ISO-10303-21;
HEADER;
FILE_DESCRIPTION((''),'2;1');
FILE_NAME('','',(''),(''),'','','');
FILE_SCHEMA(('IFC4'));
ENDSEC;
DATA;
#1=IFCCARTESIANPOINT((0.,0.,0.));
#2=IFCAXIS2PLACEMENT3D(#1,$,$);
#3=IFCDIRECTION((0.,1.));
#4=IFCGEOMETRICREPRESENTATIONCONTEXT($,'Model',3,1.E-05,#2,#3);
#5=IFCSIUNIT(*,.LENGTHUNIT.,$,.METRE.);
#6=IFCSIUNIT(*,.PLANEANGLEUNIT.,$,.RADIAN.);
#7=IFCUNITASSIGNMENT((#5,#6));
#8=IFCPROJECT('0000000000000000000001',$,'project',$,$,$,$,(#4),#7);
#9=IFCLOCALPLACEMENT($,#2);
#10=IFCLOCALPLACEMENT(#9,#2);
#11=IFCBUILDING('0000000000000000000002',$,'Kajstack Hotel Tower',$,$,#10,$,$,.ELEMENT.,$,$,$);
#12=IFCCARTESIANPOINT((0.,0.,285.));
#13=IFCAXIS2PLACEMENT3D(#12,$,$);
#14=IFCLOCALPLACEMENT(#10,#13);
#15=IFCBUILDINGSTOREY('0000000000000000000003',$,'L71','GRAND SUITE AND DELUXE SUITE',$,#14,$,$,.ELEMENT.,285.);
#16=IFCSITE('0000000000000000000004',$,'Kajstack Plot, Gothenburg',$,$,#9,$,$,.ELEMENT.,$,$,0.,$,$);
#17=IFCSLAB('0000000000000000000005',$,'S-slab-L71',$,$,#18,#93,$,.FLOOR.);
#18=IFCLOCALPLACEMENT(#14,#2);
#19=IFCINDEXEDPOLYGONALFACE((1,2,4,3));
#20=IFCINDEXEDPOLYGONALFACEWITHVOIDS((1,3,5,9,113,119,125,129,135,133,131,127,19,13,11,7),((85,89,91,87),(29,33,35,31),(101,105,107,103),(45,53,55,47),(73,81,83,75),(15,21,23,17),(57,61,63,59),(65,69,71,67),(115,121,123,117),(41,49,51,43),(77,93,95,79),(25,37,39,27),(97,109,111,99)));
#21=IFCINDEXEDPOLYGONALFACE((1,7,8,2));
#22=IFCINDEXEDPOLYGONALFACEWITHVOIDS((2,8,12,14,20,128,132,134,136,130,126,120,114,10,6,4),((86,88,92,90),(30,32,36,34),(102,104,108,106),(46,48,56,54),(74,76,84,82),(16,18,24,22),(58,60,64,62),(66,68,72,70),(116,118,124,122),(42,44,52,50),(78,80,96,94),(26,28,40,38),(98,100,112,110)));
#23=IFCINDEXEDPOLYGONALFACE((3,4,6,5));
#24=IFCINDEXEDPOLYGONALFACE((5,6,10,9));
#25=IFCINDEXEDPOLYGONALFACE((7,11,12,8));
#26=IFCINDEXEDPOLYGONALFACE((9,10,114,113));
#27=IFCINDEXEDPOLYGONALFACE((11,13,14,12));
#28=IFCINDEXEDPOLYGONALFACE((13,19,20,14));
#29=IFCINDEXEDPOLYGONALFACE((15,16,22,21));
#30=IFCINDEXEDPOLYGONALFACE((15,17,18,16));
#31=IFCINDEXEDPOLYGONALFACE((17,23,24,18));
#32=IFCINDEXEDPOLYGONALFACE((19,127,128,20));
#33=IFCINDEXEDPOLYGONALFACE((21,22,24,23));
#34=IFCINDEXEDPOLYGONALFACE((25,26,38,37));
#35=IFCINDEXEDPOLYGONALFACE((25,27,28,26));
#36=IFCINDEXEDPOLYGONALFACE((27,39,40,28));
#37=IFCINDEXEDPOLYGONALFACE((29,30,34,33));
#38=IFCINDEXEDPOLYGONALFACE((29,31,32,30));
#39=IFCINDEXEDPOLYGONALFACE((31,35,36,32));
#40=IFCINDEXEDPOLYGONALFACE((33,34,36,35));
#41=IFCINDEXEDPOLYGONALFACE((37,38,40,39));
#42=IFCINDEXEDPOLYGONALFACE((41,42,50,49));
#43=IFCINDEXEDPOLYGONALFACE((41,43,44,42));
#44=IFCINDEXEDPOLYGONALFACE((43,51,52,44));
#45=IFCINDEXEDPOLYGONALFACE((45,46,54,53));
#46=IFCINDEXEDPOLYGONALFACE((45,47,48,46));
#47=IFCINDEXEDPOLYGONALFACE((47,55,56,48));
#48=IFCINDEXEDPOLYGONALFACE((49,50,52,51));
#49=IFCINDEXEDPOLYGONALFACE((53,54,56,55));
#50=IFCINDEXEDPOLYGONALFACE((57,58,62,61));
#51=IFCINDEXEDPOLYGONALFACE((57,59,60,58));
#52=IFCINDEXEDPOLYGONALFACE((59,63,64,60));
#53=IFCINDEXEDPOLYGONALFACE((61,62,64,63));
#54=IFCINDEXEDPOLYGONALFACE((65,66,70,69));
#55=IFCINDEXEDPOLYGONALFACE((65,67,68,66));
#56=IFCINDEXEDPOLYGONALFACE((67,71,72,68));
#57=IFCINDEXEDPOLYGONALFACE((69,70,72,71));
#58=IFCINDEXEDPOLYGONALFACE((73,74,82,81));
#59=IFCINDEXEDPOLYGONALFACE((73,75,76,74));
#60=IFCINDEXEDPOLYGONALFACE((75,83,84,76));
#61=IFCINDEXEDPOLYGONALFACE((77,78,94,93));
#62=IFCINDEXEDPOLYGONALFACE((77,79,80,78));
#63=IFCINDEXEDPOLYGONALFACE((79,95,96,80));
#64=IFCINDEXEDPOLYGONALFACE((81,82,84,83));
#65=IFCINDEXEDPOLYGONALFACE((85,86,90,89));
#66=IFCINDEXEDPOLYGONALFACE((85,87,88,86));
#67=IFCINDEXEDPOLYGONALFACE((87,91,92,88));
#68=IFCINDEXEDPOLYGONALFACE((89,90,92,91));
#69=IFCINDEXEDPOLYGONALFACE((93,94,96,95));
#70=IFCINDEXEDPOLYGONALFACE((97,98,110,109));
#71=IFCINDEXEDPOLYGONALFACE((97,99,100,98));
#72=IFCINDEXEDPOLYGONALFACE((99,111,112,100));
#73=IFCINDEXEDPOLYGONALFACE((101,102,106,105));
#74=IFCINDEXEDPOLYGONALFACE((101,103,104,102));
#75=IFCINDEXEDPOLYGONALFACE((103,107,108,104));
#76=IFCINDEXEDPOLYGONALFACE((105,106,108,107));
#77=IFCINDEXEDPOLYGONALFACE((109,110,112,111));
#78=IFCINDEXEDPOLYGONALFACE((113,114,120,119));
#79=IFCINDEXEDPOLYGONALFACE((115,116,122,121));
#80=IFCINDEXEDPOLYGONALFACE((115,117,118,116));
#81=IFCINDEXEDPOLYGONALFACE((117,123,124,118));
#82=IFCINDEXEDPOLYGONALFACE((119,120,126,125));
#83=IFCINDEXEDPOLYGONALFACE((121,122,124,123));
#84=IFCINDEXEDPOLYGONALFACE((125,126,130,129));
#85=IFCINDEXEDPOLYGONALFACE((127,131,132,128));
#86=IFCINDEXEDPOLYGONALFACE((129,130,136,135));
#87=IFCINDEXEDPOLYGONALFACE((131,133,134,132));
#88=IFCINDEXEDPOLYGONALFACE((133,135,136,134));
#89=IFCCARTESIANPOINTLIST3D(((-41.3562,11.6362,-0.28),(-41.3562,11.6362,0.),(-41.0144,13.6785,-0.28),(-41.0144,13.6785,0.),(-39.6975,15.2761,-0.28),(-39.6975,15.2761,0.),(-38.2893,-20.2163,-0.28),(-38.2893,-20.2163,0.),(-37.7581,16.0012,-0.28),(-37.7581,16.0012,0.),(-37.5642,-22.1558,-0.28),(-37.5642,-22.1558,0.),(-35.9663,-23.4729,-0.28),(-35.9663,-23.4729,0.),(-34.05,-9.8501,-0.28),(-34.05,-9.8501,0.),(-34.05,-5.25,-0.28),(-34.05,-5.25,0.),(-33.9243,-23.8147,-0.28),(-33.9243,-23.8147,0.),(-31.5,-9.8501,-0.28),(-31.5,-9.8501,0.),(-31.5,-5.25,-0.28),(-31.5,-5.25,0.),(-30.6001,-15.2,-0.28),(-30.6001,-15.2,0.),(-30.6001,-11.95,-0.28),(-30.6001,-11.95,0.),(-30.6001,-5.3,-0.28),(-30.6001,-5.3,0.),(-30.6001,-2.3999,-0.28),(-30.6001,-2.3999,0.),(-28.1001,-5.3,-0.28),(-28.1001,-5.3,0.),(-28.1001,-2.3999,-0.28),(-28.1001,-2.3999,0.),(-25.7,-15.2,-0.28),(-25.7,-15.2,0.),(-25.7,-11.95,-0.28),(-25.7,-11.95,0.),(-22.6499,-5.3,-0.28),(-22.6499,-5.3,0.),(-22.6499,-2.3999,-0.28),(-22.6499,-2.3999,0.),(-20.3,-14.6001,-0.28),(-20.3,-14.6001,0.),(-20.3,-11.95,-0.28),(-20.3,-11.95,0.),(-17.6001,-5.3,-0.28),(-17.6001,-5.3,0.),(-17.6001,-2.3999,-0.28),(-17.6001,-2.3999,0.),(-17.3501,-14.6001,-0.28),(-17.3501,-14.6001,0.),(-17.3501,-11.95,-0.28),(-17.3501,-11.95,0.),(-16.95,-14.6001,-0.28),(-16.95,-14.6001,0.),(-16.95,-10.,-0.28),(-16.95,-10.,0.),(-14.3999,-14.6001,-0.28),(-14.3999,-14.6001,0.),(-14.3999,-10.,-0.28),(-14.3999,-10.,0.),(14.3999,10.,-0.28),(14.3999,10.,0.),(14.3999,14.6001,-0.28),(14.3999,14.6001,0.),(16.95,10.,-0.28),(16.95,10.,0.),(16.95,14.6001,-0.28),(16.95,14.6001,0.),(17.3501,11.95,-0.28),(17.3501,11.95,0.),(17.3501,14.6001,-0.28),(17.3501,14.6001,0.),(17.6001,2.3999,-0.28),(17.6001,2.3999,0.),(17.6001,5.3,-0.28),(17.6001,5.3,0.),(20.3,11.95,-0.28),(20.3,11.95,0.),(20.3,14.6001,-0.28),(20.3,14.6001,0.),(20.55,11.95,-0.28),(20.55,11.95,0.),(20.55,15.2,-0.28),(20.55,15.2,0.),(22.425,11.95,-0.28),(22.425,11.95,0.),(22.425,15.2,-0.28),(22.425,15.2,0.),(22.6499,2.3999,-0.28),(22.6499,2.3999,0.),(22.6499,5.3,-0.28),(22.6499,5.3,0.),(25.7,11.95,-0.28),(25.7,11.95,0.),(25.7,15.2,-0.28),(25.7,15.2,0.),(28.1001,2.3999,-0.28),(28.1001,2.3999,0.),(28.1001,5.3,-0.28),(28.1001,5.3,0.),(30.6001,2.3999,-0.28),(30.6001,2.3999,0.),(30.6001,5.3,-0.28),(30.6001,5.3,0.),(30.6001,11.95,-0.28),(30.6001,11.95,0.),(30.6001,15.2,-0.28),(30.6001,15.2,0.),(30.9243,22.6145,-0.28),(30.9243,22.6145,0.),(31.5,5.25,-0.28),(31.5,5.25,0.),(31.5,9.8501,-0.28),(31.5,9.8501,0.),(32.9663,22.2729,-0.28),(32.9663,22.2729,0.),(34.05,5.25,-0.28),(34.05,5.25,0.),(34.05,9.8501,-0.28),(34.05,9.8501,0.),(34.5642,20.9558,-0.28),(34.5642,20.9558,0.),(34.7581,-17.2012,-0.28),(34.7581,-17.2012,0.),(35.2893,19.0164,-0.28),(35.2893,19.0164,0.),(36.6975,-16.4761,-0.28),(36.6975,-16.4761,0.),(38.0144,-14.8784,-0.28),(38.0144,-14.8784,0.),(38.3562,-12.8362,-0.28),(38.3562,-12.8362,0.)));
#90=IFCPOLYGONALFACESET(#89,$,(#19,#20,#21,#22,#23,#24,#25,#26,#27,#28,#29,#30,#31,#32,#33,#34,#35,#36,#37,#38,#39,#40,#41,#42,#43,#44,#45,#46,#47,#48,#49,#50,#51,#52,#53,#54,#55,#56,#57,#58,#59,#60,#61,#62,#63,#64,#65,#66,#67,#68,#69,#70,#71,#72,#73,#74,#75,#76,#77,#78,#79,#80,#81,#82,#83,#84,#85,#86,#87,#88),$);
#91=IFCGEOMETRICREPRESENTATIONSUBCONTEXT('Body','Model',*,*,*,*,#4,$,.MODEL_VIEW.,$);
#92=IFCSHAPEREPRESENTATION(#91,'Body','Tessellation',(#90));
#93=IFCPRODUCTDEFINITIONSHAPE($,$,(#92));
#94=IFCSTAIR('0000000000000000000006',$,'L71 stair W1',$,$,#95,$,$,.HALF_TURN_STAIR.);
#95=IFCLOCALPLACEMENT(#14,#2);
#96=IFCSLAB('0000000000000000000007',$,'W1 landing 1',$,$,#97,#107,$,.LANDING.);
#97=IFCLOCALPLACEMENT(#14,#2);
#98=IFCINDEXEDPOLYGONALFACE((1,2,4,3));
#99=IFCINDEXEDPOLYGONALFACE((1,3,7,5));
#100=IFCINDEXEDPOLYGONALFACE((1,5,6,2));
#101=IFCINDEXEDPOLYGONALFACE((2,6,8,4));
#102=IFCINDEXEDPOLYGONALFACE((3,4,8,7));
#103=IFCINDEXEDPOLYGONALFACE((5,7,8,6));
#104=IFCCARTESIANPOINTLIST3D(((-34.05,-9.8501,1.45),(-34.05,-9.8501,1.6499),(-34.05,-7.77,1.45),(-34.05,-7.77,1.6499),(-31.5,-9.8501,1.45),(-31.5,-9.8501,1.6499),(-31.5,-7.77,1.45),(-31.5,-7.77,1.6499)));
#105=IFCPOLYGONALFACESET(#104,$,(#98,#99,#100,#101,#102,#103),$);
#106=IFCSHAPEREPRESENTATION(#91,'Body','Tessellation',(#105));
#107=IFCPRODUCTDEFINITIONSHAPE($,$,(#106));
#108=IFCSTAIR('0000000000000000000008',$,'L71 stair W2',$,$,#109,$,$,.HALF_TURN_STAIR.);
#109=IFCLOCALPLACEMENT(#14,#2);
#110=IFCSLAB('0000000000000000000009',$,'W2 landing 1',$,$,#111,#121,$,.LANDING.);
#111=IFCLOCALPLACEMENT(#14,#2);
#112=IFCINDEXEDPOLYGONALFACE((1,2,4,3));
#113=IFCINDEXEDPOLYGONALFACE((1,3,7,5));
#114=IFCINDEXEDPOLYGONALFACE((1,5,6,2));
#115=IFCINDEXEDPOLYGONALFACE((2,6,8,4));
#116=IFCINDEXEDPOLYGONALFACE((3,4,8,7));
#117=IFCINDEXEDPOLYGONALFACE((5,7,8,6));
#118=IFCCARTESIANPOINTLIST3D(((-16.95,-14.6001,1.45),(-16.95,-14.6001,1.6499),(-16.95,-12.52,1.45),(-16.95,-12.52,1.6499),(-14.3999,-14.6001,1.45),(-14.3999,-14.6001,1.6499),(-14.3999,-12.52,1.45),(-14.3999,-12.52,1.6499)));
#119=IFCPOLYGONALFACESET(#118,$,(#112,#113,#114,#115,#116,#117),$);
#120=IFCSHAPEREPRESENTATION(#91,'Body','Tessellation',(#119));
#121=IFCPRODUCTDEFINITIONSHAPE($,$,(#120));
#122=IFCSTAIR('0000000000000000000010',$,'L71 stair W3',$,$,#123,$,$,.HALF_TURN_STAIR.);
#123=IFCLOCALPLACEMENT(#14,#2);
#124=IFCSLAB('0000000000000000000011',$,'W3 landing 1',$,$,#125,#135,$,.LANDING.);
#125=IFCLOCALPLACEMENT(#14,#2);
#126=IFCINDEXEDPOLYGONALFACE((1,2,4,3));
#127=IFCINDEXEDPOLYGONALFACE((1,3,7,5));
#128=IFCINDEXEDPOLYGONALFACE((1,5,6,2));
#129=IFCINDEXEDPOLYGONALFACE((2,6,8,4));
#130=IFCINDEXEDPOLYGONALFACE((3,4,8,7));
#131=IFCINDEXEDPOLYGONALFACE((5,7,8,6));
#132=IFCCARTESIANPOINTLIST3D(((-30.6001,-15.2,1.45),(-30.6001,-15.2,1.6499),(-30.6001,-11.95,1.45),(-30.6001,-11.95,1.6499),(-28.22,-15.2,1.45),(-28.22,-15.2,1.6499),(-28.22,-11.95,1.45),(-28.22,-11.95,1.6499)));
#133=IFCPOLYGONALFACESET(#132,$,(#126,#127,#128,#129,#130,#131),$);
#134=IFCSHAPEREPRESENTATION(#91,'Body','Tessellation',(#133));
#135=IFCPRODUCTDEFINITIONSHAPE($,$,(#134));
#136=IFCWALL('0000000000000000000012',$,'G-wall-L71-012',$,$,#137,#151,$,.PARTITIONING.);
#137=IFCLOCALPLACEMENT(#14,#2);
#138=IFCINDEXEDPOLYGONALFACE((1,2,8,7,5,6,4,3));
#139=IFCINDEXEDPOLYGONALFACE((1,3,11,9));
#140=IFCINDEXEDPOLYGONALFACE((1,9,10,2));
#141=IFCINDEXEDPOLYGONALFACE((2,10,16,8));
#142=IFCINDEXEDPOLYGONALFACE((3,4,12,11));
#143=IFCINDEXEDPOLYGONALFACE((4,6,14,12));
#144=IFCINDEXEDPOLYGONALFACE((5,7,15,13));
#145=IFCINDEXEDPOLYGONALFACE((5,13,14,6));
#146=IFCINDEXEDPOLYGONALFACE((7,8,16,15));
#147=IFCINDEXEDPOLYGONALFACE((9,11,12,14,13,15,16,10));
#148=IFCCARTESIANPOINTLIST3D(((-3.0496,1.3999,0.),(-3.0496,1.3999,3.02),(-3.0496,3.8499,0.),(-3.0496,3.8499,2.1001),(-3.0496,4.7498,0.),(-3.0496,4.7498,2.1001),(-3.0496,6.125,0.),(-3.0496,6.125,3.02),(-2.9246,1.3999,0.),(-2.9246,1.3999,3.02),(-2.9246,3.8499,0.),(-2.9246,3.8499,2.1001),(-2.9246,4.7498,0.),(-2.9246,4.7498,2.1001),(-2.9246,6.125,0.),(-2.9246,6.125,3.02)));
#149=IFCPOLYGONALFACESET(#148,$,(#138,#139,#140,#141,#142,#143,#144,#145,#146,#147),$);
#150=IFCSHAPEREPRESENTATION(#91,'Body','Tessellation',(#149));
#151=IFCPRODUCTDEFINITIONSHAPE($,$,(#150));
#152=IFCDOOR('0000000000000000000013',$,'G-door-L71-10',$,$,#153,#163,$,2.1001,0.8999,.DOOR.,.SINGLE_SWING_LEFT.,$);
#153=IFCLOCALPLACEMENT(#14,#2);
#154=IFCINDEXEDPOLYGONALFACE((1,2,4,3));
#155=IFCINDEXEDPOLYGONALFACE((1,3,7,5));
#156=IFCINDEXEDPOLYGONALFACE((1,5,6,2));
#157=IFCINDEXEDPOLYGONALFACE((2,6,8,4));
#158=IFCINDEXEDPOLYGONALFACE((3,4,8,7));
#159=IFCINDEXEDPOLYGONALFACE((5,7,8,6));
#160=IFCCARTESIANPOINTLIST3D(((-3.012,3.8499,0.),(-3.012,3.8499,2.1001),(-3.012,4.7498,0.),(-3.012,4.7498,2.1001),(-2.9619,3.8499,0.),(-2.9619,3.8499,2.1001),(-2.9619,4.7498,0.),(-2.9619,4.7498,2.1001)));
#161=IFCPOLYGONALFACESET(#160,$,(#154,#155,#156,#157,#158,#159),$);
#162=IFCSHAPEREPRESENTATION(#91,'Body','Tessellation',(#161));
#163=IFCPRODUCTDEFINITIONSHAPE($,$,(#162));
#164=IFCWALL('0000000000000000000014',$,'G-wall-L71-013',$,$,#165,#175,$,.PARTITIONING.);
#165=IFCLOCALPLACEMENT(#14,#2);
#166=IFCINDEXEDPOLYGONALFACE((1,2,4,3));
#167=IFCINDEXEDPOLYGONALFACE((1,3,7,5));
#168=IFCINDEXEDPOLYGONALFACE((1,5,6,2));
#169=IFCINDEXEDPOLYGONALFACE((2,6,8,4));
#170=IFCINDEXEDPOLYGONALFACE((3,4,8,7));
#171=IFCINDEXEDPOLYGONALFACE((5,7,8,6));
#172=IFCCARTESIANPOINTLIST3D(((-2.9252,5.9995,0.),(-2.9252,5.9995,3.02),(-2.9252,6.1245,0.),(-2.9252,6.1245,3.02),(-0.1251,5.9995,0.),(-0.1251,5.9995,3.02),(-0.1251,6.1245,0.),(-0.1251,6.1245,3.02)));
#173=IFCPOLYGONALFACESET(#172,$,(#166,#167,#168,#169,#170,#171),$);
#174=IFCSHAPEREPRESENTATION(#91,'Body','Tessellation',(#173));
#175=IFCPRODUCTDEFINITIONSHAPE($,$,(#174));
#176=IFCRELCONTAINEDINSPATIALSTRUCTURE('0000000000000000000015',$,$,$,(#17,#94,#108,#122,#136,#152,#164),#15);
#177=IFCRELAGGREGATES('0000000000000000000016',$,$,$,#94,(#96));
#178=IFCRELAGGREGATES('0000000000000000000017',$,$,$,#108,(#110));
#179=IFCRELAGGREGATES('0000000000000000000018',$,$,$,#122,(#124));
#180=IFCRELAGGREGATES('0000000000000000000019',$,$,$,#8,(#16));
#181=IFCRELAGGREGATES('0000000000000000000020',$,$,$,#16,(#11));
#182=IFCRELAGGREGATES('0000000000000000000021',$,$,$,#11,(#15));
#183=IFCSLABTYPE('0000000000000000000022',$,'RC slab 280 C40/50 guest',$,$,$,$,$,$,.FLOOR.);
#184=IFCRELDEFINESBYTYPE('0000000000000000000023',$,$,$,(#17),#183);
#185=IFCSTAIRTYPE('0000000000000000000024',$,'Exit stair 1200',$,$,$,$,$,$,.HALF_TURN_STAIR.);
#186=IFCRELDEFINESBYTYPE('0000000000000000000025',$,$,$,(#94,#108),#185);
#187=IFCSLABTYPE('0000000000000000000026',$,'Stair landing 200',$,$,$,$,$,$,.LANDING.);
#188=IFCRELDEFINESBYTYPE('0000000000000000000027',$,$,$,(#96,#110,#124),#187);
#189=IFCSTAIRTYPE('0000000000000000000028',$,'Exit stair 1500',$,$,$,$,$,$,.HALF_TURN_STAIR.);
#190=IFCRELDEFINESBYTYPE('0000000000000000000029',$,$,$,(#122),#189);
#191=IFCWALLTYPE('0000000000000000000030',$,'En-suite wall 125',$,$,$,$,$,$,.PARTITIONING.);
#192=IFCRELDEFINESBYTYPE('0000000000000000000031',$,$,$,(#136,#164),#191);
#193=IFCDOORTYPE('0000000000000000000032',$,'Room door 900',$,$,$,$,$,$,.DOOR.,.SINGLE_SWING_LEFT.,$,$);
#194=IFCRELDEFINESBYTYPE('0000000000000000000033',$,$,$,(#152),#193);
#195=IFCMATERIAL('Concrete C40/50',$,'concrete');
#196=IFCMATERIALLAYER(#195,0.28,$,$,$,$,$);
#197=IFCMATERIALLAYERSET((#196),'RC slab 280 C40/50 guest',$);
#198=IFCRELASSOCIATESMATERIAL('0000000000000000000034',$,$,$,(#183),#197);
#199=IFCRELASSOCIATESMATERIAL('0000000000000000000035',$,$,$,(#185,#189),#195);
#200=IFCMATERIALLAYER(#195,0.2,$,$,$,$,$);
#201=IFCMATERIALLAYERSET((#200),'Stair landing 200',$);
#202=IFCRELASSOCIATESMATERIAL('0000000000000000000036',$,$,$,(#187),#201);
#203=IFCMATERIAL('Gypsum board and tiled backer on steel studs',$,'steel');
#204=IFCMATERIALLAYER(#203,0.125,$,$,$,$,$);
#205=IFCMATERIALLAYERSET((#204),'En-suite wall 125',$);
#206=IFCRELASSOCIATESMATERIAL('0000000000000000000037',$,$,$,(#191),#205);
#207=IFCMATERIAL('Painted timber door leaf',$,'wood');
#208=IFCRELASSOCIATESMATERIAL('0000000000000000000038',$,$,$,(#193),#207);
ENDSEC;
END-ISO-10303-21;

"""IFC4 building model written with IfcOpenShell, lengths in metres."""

from ifc_helpers import new_model, si_unit, direction, frame, frame_2d, origin, place, context, subcontext, project, spatial, polyline, rectangle, outline, extrude, material, layer, layer_set, type_object, element, fill, aggregate, save


model = new_model("IFC4")

# Units and contexts
model_context = context("Model", 3, precision=1e-05, world=origin(), true_north=direction((0.0, 1.0)))
body_context = subcontext(model_context, "Body", "Model", "MODEL_VIEW")
ifc_project = project(units=[si_unit("LENGTHUNIT", "METRE"), si_unit("PLANEANGLEUNIT", "RADIAN")], contexts=[model_context])

# Site, building, storey
site_placement = place(None, origin())
site = spatial("IfcSite", under=ifc_project, at=site_placement, Name="Kajstack Plot, Gothenburg", CompositionType="ELEMENT", RefElevation=0.0)
building_placement = place(site_placement, origin())
building = spatial("IfcBuilding", under=site, at=building_placement, Name="Kajstack Hotel Tower", CompositionType="ELEMENT")
storey_placement = place(building_placement, frame((0.0, 0.0, 285.0)))
storey = spatial("IfcBuildingStorey", under=building, at=storey_placement, Name="L71", Description="GRAND SUITE AND DELUXE SUITE", CompositionType="ELEMENT", Elevation=285.0)

# Slab
ifc_material_1 = material(Name="Concrete C40/50", Category="concrete")
ifc_layer_1 = layer(ifc_material_1, 0.28)
ifc_layer_set_1 = layer_set([ifc_layer_1], Name="RC slab 280 C40/50 guest")
slab_type_1 = type_object("IfcSlabType", Name="RC slab 280 C40/50 guest", PredefinedType="FLOOR", material=ifc_layer_set_1)
slab_1_placement = place(storey_placement, frame((0.0, 0.0, -0.28)))
element("IfcSlab", 1, at=slab_1_placement, inside=storey, type_object=slab_type_1, Name="S-slab-L71", PredefinedType="FLOOR", context=body_context, shape_type="SweptSolid", body=[
    extrude(outline(polyline([(-41.3562, 11.6362), (-38.2893, -20.2163), (-37.5642, -22.1558), (-35.9663, -23.4729), (-33.9243, -23.8147), (34.7581, -17.2012), (36.6975, -16.4761), (38.0144, -14.8784), (38.3562, -12.8362), (35.2893, 19.0164), (34.5642, 20.9558), (32.9663, 22.2729), (30.9243, 22.6145), (-37.7581, 16.0012), (-39.6975, 15.2761), (-41.0144, 13.6785), (-41.3562, 11.6362)]), holes=[polyline([(-22.6499, -5.3), (-22.6499, -2.3999), (-17.6001, -2.3999), (-17.6001, -5.3), (-22.6499, -5.3)]), polyline([(-20.3, -14.6001), (-17.3501, -14.6001), (-17.3501, -11.95), (-20.3, -11.95), (-20.3, -14.6001)]), polyline([(-30.6001, -5.3), (-28.1001, -5.3), (-28.1001, -2.3999), (-30.6001, -2.3999), (-30.6001, -5.3)]), polyline([(17.6001, 2.3999), (17.6001, 5.3), (22.6499, 5.3), (22.6499, 2.3999), (17.6001, 2.3999)]), polyline([(20.3, 14.6001), (17.3501, 14.6001), (17.3501, 11.95), (20.3, 11.95), (20.3, 14.6001)]), polyline([(30.6001, 5.3), (28.1001, 5.3), (28.1001, 2.3999), (30.6001, 2.3999), (30.6001, 5.3)]), polyline([(-34.05, -9.8501), (-31.5, -9.8501), (-31.5, -5.25), (-34.05, -5.25), (-34.05, -9.8501)]), polyline([(-16.95, -14.6001), (-14.3999, -14.6001), (-14.3999, -10.0), (-16.95, -10.0), (-16.95, -14.6001)]), polyline([(-30.6001, -15.2), (-25.7, -15.2), (-25.7, -11.95), (-30.6001, -11.95), (-30.6001, -15.2)]), polyline([(34.05, 9.8501), (31.5, 9.8501), (31.5, 5.25), (34.05, 5.25), (34.05, 9.8501)]), polyline([(16.95, 14.6001), (14.3999, 14.6001), (14.3999, 10.0), (16.95, 10.0), (16.95, 14.6001)]), polyline([(30.6001, 15.2), (25.7, 15.2), (25.7, 11.95), (30.6001, 11.95), (30.6001, 15.2)]), polyline([(22.425, 15.2), (22.425, 11.95), (20.55, 11.95), (20.55, 15.2), (22.425, 15.2)])]), origin(), (0.0, 0.0, 1.0), 0.28),
])

# Stairs, slabs
stair_type_1 = type_object("IfcStairType", Name="Exit stair 1200", PredefinedType="HALF_TURN_STAIR", material=ifc_material_1)
stair_1_placement = place(storey_placement, origin())
stair_1 = element("IfcStair", 2, at=stair_1_placement, inside=storey, type_object=stair_type_1, Name="L71 stair W1", PredefinedType="HALF_TURN_STAIR")
ifc_layer_2 = layer(ifc_material_1, 0.2)
ifc_layer_set_2 = layer_set([ifc_layer_2], Name="Stair landing 200")
slab_type_2 = type_object("IfcSlabType", Name="Stair landing 200", PredefinedType="LANDING", material=ifc_layer_set_2)
slab_2_placement = place(storey_placement, frame((0.0, 0.0, 1.45)))
slab_2 = element("IfcSlab", 3, at=slab_2_placement, type_object=slab_type_2, Name="W1 landing 1", PredefinedType="LANDING", context=body_context, shape_type="SweptSolid", body=[
    extrude(outline(polyline([(-34.05, -7.77), (-34.05, -9.8501), (-31.5, -9.8501), (-31.5, -7.77), (-34.05, -7.77)])), origin(), (0.0, 0.0, 1.0), 0.2),
])
aggregate(stair_1, [slab_2])
stair_2_placement = place(storey_placement, origin())
stair_2 = element("IfcStair", 4, at=stair_2_placement, inside=storey, type_object=stair_type_1, Name="L71 stair W2", PredefinedType="HALF_TURN_STAIR")
slab_3_placement = place(storey_placement, frame((0.0, 0.0, 1.45)))
slab_3 = element("IfcSlab", 5, at=slab_3_placement, type_object=slab_type_2, Name="W2 landing 1", PredefinedType="LANDING", context=body_context, shape_type="SweptSolid", body=[
    extrude(outline(polyline([(-16.95, -12.52), (-16.95, -14.6001), (-14.3999, -14.6001), (-14.3999, -12.52), (-16.95, -12.52)])), origin(), (0.0, 0.0, 1.0), 0.2),
])
aggregate(stair_2, [slab_3])
stair_type_2 = type_object("IfcStairType", Name="Exit stair 1500", PredefinedType="HALF_TURN_STAIR", material=ifc_material_1)
stair_3_placement = place(storey_placement, origin())
stair_3 = element("IfcStair", 6, at=stair_3_placement, inside=storey, type_object=stair_type_2, Name="L71 stair W3", PredefinedType="HALF_TURN_STAIR")
slab_4_placement = place(storey_placement, frame((0.0, 0.0, 1.45)))
slab_4 = element("IfcSlab", 7, at=slab_4_placement, type_object=slab_type_2, Name="W3 landing 1", PredefinedType="LANDING", context=body_context, shape_type="SweptSolid", body=[
    extrude(outline(polyline([(-28.22, -11.95), (-30.6001, -11.95), (-30.6001, -15.2), (-28.22, -15.2), (-28.22, -11.95)])), origin(), (0.0, 0.0, 1.0), 0.2),
])
aggregate(stair_3, [slab_4])

# Wall, opening, door
ifc_material_2 = material(Name="Gypsum board and tiled backer on steel studs", Category="steel")
ifc_layer_3 = layer(ifc_material_2, 0.125)
ifc_layer_set_3 = layer_set([ifc_layer_3], Name="En-suite wall 125")
wall_type_1 = type_object("IfcWallType", Name="En-suite wall 125", PredefinedType="PARTITIONING", material=ifc_layer_set_3)
wall_1_placement = place(storey_placement, frame((-2.9871, 1.3999, 0.0), z_axis=(0.0, 0.0, 1.0), x_axis=(0.0, 1.0, 0.0)))
wall_1 = element("IfcWall", 8, at=wall_1_placement, inside=storey, type_object=wall_type_1, Name="G-wall-L71-012", PredefinedType="PARTITIONING", context=body_context, shape_type="SweptSolid", body=[
    extrude(rectangle(XDim=4.7251, YDim=0.125, at=frame_2d((2.3625, 0.0))), origin(), (0.0, 0.0, 1.0), 3.02),
])
opening_1_placement = place(wall_1_placement, frame((2.45, 0.0, 0.0)))
opening_1 = element("IfcOpeningElement", 9, at=opening_1_placement, cuts=wall_1, PredefinedType="OPENING", context=body_context, shape_type="SweptSolid", body=[
    extrude(rectangle(XDim=0.8999, YDim=2.1001, at=frame_2d((0.45, 1.05))), frame((0.0, 0.0725, 0.0), z_axis=(0.0, -1.0, 0.0), x_axis=(1.0, 0.0, 0.0)), (0.0, 0.0, 1.0), 0.145),
])
ifc_material_3 = material(Name="Painted timber door leaf", Category="wood")
door_type = type_object("IfcDoorType", Name="Room door 900", OperationType="SINGLE_SWING_LEFT", PredefinedType="DOOR", material=ifc_material_3)
door_1_placement = place(opening_1_placement, origin())
door_1 = element("IfcDoor", 10, at=door_1_placement, inside=storey, type_object=door_type, Name="G-door-L71-10", OperationType="SINGLE_SWING_LEFT", OverallHeight=2.1001, OverallWidth=0.8999, PredefinedType="DOOR", context=body_context, shape_type="SweptSolid", body=[
    extrude(rectangle(XDim=0.8999, YDim=2.1001, at=frame_2d((0.45, 1.05))), frame((0.0, 0.0249, 0.0), z_axis=(0.0, -1.0, 0.0), x_axis=(1.0, 0.0, 0.0)), (0.0, 0.0, 1.0), 0.05),
])
fill(opening_1, door_1)

# Wall
wall_2_placement = place(storey_placement, frame((-2.925, 6.062, 0.0), z_axis=(0.0, 0.0, 1.0), x_axis=(1.0, 0.0, 0.0)))
element("IfcWall", 11, at=wall_2_placement, inside=storey, type_object=wall_type_1, Name="G-wall-L71-013", PredefinedType="PARTITIONING", context=body_context, shape_type="SweptSolid", body=[
    extrude(rectangle(XDim=2.8, YDim=0.125, at=frame_2d((1.3999, 0.0))), origin(), (0.0, 0.0, 1.0), 3.02),
])

save(model, "model.ifc")
